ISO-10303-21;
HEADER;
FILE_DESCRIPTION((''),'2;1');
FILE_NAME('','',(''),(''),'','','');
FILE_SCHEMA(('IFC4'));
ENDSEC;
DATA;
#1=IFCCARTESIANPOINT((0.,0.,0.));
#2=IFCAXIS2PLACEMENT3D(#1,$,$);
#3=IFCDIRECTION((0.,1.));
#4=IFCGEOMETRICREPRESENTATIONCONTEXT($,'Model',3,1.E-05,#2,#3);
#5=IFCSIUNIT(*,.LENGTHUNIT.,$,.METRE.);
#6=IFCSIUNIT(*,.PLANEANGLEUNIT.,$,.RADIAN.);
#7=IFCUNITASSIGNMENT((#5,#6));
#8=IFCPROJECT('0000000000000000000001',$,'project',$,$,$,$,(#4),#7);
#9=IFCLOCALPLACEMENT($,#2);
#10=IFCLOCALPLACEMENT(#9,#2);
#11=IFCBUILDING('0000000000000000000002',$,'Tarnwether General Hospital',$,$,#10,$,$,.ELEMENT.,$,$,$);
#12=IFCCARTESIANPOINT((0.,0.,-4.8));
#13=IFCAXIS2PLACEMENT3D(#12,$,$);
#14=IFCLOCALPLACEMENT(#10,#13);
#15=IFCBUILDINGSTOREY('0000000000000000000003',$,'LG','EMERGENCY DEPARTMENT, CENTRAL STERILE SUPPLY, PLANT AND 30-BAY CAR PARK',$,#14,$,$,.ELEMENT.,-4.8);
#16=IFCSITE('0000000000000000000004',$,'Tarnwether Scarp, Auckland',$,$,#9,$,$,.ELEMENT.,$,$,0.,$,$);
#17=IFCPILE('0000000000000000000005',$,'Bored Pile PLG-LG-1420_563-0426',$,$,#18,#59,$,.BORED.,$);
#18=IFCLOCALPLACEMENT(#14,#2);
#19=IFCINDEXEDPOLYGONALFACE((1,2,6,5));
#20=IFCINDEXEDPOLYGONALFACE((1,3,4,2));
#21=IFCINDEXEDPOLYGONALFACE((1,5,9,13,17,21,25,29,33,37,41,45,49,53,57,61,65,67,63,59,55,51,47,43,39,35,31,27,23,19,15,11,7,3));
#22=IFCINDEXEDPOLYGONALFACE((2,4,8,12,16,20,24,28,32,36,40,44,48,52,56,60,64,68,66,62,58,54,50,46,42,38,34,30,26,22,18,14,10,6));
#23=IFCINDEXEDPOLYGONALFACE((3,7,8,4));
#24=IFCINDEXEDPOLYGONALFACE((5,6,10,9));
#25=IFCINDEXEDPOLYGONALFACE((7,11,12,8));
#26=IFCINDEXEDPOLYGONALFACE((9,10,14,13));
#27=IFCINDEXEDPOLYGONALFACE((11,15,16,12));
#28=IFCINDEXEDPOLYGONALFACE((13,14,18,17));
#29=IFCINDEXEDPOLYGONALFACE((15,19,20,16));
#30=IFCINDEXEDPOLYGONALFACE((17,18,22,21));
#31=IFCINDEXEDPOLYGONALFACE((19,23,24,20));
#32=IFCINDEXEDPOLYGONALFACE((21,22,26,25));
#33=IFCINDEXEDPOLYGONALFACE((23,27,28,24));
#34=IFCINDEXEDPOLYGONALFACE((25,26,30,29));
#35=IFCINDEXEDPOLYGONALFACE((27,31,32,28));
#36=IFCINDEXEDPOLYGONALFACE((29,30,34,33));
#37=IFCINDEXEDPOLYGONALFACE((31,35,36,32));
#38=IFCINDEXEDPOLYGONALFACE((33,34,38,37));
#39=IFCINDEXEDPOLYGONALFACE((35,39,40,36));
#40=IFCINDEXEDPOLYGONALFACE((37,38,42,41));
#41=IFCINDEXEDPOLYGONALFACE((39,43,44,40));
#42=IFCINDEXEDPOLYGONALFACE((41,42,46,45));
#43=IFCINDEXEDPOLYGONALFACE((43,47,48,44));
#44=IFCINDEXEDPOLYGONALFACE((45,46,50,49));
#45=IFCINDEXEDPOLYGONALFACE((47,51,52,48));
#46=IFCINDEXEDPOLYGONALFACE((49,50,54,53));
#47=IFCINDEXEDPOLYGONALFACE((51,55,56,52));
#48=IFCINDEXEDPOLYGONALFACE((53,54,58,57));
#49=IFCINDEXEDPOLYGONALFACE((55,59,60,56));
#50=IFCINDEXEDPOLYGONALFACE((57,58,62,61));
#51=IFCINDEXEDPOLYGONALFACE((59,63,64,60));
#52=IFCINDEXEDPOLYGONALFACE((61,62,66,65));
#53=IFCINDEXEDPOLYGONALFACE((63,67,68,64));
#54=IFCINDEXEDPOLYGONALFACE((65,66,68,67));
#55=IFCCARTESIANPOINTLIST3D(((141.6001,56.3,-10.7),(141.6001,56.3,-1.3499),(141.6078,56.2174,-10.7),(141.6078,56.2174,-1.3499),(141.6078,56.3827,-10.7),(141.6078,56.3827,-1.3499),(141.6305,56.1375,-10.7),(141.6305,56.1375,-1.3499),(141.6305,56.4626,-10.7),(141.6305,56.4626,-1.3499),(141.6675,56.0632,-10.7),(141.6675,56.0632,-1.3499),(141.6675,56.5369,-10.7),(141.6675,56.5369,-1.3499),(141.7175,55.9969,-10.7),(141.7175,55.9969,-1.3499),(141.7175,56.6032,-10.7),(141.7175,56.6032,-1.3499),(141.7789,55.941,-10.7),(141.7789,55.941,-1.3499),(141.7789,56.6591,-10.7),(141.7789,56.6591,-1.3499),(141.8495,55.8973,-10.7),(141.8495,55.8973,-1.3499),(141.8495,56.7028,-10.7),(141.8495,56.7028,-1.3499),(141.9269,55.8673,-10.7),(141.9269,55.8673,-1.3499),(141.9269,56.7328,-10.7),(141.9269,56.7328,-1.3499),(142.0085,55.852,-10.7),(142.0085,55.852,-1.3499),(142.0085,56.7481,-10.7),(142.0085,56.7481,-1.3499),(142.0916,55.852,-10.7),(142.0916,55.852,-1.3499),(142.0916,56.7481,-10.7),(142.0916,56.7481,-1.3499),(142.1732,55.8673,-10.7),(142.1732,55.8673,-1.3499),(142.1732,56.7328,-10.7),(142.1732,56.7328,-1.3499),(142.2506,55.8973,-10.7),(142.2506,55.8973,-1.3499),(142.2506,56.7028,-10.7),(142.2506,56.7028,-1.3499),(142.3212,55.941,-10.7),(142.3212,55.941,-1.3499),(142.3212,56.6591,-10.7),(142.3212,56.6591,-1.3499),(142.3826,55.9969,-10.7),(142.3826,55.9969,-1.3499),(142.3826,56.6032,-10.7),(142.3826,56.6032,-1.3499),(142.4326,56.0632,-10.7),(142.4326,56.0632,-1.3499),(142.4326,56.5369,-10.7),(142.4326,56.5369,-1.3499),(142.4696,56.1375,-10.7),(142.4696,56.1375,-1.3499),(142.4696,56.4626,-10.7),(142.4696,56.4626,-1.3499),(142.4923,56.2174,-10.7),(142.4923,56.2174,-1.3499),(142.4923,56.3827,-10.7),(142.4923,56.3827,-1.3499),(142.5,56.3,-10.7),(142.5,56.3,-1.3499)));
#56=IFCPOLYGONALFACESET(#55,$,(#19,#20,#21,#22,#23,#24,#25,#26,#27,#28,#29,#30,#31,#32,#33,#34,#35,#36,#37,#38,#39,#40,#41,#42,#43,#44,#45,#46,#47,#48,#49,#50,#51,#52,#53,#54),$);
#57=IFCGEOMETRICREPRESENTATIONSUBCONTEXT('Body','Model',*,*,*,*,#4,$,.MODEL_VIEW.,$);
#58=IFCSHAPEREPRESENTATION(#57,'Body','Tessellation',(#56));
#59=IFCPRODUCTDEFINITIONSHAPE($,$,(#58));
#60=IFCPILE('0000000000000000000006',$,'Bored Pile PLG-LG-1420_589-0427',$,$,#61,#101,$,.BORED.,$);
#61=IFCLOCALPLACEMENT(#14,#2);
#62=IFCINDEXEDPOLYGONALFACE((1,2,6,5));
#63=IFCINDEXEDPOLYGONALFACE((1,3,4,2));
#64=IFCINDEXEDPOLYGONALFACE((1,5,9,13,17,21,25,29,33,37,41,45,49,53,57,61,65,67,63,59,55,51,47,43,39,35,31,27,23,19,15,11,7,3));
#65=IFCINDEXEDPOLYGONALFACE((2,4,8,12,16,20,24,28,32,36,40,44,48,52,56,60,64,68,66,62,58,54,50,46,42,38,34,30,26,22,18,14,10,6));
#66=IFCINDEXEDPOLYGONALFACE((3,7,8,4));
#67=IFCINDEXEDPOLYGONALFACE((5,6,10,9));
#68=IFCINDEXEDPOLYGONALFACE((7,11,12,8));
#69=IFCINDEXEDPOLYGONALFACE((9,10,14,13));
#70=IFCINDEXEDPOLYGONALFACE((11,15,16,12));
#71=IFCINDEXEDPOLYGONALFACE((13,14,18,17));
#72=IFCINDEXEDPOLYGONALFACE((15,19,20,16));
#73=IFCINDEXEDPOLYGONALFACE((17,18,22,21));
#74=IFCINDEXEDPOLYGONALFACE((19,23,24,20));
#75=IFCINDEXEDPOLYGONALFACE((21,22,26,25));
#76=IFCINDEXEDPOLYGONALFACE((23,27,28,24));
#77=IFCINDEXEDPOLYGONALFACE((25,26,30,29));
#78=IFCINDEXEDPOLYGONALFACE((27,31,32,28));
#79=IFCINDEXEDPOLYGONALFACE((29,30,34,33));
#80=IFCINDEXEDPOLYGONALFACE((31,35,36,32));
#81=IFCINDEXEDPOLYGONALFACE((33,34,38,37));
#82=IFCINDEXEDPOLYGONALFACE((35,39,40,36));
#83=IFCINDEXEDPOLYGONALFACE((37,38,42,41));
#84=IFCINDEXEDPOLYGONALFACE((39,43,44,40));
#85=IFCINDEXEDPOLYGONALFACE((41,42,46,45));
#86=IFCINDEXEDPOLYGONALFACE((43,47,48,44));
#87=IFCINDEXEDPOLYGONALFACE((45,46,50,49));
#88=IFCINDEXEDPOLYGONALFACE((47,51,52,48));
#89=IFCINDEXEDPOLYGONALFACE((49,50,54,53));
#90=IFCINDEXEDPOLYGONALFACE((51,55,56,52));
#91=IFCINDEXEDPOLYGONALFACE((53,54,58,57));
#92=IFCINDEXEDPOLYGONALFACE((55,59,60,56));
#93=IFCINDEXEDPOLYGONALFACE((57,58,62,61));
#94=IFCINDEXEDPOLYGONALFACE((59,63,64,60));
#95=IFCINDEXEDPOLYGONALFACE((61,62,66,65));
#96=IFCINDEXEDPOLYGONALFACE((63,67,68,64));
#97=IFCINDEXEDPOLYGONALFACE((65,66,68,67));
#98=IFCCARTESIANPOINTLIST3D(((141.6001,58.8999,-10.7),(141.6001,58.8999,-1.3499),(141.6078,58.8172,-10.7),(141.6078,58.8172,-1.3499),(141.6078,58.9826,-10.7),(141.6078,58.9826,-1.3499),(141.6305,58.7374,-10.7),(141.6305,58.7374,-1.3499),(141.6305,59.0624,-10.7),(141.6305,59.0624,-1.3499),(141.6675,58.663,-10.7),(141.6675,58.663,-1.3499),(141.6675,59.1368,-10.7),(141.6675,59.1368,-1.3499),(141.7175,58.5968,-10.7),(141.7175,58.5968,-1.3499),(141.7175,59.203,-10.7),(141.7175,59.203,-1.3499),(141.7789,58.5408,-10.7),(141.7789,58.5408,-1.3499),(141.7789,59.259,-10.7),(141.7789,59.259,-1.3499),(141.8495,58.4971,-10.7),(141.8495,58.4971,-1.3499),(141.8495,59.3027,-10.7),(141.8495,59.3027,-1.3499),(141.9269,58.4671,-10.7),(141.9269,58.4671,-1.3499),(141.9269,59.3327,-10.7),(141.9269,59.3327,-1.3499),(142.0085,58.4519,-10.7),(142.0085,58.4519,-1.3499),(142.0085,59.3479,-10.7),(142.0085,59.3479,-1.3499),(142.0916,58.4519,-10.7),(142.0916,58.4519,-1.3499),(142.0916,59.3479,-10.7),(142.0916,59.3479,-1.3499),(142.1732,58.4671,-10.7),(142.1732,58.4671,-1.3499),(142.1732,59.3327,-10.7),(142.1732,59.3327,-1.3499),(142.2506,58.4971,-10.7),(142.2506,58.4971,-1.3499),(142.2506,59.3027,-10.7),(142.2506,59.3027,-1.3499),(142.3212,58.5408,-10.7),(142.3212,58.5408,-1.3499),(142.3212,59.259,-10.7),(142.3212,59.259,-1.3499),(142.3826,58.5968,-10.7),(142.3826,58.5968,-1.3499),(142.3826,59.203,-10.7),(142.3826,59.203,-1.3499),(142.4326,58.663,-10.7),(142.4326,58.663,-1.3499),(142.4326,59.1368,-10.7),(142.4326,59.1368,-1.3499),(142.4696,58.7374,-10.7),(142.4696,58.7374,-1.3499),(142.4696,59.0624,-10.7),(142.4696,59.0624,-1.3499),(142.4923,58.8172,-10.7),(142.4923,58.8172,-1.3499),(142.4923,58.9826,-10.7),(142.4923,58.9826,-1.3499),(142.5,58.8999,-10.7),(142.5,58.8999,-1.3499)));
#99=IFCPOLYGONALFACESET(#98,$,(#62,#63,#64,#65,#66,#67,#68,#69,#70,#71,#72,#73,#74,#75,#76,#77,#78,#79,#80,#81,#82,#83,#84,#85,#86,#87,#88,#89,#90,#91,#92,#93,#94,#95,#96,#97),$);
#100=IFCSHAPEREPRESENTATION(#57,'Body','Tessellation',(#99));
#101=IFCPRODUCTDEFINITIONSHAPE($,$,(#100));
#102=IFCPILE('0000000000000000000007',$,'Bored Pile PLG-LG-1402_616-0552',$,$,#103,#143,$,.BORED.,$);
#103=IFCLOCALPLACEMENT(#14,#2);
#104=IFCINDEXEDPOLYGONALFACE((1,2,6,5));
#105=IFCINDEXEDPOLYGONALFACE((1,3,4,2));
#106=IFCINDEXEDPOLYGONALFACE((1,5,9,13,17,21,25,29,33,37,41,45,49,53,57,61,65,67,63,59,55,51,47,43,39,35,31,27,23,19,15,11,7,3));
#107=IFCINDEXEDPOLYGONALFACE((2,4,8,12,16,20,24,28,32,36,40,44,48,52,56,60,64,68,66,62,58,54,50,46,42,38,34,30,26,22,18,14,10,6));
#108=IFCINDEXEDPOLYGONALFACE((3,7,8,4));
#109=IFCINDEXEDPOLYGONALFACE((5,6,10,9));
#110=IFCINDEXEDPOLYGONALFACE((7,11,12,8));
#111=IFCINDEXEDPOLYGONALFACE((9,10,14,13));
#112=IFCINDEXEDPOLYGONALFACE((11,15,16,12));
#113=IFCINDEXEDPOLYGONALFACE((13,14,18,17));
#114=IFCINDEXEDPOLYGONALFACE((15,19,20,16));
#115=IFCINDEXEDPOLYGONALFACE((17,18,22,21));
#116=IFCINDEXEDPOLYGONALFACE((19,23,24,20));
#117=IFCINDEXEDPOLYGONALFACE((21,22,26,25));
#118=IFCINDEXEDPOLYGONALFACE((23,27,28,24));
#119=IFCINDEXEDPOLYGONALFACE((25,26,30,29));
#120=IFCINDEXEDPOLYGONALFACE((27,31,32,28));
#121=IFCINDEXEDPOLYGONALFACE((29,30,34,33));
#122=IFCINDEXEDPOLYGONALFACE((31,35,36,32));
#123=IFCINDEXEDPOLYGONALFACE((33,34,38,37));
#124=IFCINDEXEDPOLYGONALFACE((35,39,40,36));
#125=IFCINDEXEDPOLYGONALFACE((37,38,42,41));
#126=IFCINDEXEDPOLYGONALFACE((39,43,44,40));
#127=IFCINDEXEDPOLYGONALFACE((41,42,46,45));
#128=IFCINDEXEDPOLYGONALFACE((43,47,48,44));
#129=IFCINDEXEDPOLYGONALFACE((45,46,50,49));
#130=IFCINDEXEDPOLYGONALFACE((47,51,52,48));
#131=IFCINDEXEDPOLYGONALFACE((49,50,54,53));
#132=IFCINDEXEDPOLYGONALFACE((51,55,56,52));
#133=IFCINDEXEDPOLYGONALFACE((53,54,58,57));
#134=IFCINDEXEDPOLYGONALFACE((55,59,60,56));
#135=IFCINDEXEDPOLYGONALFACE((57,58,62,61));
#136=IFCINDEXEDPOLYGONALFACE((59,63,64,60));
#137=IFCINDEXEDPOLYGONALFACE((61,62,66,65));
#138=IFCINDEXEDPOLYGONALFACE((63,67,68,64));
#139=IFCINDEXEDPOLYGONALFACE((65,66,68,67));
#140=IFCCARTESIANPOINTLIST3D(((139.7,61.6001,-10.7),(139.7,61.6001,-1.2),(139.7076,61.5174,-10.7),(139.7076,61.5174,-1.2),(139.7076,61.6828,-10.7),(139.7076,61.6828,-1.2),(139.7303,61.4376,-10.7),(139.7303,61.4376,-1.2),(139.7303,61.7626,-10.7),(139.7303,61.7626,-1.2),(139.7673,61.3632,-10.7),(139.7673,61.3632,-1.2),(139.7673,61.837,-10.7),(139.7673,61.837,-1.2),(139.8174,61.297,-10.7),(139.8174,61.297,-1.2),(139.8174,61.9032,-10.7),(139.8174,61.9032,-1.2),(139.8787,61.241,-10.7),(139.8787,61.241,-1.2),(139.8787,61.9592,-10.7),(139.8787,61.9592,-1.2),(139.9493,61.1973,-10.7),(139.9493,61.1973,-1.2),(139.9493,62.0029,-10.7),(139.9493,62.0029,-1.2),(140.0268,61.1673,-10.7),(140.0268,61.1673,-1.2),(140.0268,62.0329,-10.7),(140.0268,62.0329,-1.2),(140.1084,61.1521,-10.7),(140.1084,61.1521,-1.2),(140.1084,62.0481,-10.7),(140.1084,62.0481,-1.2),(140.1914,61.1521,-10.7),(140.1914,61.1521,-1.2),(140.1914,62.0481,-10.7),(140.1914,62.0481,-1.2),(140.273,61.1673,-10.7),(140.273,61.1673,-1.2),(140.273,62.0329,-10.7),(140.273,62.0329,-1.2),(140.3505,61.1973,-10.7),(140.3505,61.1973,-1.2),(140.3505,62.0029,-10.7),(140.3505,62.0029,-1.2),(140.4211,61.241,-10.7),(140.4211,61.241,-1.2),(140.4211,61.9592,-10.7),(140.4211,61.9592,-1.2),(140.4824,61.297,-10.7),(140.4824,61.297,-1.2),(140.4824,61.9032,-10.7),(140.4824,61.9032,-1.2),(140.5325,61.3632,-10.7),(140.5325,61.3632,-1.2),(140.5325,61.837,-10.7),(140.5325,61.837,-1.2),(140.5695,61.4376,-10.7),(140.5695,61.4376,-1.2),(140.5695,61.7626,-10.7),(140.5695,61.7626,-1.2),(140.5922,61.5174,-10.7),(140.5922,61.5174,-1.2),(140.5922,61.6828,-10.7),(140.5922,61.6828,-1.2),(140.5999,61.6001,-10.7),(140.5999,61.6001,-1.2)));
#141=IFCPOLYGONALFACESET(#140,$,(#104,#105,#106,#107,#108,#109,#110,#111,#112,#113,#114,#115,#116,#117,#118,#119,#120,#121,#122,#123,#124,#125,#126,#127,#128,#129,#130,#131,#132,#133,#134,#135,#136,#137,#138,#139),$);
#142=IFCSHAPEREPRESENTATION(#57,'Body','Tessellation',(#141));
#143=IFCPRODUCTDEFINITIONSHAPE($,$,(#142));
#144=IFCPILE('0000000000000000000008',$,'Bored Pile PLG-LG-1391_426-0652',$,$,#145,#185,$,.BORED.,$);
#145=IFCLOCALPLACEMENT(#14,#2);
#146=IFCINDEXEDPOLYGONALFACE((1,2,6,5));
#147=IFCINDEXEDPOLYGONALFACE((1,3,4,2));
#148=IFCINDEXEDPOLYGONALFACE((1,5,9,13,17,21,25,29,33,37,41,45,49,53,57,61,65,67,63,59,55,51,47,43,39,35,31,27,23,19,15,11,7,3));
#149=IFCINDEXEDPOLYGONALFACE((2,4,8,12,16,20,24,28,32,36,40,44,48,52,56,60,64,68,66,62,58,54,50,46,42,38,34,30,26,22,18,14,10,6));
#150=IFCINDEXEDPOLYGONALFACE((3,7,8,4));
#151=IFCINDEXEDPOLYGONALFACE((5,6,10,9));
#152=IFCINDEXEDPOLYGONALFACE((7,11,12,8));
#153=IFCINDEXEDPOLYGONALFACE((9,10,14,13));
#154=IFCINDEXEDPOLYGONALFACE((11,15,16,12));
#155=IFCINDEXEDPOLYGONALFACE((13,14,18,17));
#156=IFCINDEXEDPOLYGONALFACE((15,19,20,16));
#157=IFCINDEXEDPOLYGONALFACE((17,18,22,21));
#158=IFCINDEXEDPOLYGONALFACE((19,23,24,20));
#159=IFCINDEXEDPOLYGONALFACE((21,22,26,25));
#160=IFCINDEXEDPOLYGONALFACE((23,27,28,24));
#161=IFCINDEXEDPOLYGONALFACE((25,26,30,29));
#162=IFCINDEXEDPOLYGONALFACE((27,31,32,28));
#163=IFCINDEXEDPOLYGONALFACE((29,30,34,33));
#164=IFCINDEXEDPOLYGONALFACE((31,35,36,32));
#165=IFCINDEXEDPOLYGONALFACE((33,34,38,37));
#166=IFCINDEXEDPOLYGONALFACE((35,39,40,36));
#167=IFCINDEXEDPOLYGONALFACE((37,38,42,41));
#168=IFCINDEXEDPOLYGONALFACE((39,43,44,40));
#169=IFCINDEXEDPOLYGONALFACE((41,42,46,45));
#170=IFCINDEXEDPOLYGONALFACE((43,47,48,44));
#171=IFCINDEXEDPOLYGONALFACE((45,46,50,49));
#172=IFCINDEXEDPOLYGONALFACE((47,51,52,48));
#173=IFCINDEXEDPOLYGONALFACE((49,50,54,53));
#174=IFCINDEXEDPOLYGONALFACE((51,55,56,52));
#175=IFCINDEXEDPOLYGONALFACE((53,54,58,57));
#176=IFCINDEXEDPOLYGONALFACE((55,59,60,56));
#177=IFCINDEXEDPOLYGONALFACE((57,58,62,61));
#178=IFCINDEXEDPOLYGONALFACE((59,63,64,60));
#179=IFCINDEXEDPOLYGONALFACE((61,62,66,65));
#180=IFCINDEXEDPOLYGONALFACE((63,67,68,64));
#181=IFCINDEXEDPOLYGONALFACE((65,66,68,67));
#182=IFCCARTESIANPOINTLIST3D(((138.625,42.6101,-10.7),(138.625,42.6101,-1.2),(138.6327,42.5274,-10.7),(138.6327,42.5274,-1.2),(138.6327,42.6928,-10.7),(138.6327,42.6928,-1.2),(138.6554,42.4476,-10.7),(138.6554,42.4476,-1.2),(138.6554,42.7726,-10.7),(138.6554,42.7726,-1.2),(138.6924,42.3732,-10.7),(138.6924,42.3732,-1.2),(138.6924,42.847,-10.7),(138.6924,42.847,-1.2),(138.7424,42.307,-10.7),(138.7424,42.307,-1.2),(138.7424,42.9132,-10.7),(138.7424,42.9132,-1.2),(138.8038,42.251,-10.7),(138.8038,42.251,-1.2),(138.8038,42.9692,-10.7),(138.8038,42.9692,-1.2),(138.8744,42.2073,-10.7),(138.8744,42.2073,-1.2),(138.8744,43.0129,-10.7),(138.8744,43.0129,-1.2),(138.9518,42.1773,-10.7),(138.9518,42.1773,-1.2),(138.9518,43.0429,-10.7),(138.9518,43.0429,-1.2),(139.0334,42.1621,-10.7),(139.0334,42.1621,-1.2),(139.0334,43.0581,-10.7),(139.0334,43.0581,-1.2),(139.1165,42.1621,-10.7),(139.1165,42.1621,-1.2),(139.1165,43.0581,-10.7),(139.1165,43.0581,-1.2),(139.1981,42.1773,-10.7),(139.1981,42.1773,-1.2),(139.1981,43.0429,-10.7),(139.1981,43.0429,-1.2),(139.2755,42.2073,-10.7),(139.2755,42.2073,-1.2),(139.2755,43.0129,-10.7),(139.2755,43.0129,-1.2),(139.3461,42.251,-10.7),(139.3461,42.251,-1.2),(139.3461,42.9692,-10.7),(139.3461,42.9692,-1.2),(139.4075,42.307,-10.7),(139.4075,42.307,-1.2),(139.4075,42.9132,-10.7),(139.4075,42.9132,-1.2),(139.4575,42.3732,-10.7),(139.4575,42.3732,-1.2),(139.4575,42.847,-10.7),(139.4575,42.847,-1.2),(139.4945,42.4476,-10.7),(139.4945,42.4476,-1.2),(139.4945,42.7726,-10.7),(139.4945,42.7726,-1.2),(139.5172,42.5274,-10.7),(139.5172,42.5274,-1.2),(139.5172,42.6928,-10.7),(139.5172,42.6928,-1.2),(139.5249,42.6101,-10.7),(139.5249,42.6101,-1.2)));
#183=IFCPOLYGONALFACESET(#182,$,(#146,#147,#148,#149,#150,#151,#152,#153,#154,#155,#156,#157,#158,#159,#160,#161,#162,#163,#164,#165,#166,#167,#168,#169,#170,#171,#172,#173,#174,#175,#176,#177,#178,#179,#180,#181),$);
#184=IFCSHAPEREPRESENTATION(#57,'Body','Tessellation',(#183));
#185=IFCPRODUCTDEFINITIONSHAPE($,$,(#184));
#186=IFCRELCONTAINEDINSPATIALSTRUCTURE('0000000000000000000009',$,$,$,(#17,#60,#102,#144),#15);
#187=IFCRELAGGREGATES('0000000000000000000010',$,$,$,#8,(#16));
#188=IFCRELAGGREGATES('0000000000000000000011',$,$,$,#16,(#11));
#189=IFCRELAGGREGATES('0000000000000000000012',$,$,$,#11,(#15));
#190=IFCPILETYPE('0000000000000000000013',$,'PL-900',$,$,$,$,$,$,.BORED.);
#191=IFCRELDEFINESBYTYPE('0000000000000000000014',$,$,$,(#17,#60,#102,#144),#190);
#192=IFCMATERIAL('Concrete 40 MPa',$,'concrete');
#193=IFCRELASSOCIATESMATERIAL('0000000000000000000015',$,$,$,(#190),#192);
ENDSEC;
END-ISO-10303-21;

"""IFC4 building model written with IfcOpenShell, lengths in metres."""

from ifc_helpers import new_model, si_unit, direction, frame, origin, origin_2d, place, context, subcontext, project, spatial, circle, extrude, material, material_profile, profile_set, type_object, element, save


model = new_model("IFC4")

# Units and contexts
model_context = context("Model", 3, precision=1e-05, world=origin(), true_north=direction((0.0, 1.0)))
body_context = subcontext(model_context, "Body", "Model", "MODEL_VIEW")
ifc_project = project(units=[si_unit("LENGTHUNIT", "METRE"), si_unit("PLANEANGLEUNIT", "RADIAN")], contexts=[model_context])

# Site, building, storey
site_placement = place(None, origin())
site = spatial("IfcSite", under=ifc_project, at=site_placement, Name="Tarnwether Scarp, Auckland", CompositionType="ELEMENT", RefElevation=0.0)
building_placement = place(site_placement, origin())
building = spatial("IfcBuilding", under=site, at=building_placement, Name="Tarnwether General Hospital", CompositionType="ELEMENT")
storey_placement = place(building_placement, frame((0.0, 0.0, -4.8)))
storey = spatial("IfcBuildingStorey", under=building, at=storey_placement, Name="LG", Description="EMERGENCY DEPARTMENT, CENTRAL STERILE SUPPLY, PLANT AND 30-BAY CAR PARK", CompositionType="ELEMENT", Elevation=-4.8)

# Piles
ifc_material_1 = material(Name="Concrete 40 MPa", Category="concrete")
ifc_material_profile_1 = material_profile(ifc_material_1, circle(Radius=0.45, at=origin_2d()), Name="PILE-D900")
ifc_profile_set_1 = profile_set([ifc_material_profile_1], Name="Concrete 40 MPa")
pile_type_1 = type_object("IfcPileType", Name="PL-900", PredefinedType="BORED", material=ifc_profile_set_1)
for number, where, z_axis, x_axis, name in (
    (1, (142.05, 56.3, -1.3499), (0.0, 0.0, -1.0), (1.0, 0.0, 0.0), "Bored Pile PLG-LG-1420_563-0426"),
    (2, (142.05, 58.8999, -1.3499), (0.0, 0.0, -1.0), (1.0, 0.0, 0.0), "Bored Pile PLG-LG-1420_589-0427"),
):
    element("IfcPile", number, at=place(storey_placement, frame(where, z_axis=z_axis, x_axis=x_axis)), inside=storey, type_object=pile_type_1, Name=name, PredefinedType="BORED", context=body_context, shape_type="SweptSolid", body=[
        extrude(circle(Radius=0.45, at=origin_2d()), origin(), (0.0, 0.0, 1.0), 9.3501),
    ])
for number, where, z_axis, x_axis, name in (
    (3, (140.1499, 61.6001, -1.2), (0.0, 0.0, -1.0), (1.0, 0.0, 0.0), "Bored Pile PLG-LG-1402_616-0552"),
    (4, (139.075, 42.6101, -1.2), (0.0, 0.0, -1.0), (1.0, 0.0, 0.0), "Bored Pile PLG-LG-1391_426-0652"),
):
    element("IfcPile", number, at=place(storey_placement, frame(where, z_axis=z_axis, x_axis=x_axis)), inside=storey, type_object=pile_type_1, Name=name, PredefinedType="BORED", context=body_context, shape_type="SweptSolid", body=[
        extrude(circle(Radius=0.45, at=origin_2d()), origin(), (0.0, 0.0, 1.0), 9.5),
    ])

save(model, "model.ifc")
